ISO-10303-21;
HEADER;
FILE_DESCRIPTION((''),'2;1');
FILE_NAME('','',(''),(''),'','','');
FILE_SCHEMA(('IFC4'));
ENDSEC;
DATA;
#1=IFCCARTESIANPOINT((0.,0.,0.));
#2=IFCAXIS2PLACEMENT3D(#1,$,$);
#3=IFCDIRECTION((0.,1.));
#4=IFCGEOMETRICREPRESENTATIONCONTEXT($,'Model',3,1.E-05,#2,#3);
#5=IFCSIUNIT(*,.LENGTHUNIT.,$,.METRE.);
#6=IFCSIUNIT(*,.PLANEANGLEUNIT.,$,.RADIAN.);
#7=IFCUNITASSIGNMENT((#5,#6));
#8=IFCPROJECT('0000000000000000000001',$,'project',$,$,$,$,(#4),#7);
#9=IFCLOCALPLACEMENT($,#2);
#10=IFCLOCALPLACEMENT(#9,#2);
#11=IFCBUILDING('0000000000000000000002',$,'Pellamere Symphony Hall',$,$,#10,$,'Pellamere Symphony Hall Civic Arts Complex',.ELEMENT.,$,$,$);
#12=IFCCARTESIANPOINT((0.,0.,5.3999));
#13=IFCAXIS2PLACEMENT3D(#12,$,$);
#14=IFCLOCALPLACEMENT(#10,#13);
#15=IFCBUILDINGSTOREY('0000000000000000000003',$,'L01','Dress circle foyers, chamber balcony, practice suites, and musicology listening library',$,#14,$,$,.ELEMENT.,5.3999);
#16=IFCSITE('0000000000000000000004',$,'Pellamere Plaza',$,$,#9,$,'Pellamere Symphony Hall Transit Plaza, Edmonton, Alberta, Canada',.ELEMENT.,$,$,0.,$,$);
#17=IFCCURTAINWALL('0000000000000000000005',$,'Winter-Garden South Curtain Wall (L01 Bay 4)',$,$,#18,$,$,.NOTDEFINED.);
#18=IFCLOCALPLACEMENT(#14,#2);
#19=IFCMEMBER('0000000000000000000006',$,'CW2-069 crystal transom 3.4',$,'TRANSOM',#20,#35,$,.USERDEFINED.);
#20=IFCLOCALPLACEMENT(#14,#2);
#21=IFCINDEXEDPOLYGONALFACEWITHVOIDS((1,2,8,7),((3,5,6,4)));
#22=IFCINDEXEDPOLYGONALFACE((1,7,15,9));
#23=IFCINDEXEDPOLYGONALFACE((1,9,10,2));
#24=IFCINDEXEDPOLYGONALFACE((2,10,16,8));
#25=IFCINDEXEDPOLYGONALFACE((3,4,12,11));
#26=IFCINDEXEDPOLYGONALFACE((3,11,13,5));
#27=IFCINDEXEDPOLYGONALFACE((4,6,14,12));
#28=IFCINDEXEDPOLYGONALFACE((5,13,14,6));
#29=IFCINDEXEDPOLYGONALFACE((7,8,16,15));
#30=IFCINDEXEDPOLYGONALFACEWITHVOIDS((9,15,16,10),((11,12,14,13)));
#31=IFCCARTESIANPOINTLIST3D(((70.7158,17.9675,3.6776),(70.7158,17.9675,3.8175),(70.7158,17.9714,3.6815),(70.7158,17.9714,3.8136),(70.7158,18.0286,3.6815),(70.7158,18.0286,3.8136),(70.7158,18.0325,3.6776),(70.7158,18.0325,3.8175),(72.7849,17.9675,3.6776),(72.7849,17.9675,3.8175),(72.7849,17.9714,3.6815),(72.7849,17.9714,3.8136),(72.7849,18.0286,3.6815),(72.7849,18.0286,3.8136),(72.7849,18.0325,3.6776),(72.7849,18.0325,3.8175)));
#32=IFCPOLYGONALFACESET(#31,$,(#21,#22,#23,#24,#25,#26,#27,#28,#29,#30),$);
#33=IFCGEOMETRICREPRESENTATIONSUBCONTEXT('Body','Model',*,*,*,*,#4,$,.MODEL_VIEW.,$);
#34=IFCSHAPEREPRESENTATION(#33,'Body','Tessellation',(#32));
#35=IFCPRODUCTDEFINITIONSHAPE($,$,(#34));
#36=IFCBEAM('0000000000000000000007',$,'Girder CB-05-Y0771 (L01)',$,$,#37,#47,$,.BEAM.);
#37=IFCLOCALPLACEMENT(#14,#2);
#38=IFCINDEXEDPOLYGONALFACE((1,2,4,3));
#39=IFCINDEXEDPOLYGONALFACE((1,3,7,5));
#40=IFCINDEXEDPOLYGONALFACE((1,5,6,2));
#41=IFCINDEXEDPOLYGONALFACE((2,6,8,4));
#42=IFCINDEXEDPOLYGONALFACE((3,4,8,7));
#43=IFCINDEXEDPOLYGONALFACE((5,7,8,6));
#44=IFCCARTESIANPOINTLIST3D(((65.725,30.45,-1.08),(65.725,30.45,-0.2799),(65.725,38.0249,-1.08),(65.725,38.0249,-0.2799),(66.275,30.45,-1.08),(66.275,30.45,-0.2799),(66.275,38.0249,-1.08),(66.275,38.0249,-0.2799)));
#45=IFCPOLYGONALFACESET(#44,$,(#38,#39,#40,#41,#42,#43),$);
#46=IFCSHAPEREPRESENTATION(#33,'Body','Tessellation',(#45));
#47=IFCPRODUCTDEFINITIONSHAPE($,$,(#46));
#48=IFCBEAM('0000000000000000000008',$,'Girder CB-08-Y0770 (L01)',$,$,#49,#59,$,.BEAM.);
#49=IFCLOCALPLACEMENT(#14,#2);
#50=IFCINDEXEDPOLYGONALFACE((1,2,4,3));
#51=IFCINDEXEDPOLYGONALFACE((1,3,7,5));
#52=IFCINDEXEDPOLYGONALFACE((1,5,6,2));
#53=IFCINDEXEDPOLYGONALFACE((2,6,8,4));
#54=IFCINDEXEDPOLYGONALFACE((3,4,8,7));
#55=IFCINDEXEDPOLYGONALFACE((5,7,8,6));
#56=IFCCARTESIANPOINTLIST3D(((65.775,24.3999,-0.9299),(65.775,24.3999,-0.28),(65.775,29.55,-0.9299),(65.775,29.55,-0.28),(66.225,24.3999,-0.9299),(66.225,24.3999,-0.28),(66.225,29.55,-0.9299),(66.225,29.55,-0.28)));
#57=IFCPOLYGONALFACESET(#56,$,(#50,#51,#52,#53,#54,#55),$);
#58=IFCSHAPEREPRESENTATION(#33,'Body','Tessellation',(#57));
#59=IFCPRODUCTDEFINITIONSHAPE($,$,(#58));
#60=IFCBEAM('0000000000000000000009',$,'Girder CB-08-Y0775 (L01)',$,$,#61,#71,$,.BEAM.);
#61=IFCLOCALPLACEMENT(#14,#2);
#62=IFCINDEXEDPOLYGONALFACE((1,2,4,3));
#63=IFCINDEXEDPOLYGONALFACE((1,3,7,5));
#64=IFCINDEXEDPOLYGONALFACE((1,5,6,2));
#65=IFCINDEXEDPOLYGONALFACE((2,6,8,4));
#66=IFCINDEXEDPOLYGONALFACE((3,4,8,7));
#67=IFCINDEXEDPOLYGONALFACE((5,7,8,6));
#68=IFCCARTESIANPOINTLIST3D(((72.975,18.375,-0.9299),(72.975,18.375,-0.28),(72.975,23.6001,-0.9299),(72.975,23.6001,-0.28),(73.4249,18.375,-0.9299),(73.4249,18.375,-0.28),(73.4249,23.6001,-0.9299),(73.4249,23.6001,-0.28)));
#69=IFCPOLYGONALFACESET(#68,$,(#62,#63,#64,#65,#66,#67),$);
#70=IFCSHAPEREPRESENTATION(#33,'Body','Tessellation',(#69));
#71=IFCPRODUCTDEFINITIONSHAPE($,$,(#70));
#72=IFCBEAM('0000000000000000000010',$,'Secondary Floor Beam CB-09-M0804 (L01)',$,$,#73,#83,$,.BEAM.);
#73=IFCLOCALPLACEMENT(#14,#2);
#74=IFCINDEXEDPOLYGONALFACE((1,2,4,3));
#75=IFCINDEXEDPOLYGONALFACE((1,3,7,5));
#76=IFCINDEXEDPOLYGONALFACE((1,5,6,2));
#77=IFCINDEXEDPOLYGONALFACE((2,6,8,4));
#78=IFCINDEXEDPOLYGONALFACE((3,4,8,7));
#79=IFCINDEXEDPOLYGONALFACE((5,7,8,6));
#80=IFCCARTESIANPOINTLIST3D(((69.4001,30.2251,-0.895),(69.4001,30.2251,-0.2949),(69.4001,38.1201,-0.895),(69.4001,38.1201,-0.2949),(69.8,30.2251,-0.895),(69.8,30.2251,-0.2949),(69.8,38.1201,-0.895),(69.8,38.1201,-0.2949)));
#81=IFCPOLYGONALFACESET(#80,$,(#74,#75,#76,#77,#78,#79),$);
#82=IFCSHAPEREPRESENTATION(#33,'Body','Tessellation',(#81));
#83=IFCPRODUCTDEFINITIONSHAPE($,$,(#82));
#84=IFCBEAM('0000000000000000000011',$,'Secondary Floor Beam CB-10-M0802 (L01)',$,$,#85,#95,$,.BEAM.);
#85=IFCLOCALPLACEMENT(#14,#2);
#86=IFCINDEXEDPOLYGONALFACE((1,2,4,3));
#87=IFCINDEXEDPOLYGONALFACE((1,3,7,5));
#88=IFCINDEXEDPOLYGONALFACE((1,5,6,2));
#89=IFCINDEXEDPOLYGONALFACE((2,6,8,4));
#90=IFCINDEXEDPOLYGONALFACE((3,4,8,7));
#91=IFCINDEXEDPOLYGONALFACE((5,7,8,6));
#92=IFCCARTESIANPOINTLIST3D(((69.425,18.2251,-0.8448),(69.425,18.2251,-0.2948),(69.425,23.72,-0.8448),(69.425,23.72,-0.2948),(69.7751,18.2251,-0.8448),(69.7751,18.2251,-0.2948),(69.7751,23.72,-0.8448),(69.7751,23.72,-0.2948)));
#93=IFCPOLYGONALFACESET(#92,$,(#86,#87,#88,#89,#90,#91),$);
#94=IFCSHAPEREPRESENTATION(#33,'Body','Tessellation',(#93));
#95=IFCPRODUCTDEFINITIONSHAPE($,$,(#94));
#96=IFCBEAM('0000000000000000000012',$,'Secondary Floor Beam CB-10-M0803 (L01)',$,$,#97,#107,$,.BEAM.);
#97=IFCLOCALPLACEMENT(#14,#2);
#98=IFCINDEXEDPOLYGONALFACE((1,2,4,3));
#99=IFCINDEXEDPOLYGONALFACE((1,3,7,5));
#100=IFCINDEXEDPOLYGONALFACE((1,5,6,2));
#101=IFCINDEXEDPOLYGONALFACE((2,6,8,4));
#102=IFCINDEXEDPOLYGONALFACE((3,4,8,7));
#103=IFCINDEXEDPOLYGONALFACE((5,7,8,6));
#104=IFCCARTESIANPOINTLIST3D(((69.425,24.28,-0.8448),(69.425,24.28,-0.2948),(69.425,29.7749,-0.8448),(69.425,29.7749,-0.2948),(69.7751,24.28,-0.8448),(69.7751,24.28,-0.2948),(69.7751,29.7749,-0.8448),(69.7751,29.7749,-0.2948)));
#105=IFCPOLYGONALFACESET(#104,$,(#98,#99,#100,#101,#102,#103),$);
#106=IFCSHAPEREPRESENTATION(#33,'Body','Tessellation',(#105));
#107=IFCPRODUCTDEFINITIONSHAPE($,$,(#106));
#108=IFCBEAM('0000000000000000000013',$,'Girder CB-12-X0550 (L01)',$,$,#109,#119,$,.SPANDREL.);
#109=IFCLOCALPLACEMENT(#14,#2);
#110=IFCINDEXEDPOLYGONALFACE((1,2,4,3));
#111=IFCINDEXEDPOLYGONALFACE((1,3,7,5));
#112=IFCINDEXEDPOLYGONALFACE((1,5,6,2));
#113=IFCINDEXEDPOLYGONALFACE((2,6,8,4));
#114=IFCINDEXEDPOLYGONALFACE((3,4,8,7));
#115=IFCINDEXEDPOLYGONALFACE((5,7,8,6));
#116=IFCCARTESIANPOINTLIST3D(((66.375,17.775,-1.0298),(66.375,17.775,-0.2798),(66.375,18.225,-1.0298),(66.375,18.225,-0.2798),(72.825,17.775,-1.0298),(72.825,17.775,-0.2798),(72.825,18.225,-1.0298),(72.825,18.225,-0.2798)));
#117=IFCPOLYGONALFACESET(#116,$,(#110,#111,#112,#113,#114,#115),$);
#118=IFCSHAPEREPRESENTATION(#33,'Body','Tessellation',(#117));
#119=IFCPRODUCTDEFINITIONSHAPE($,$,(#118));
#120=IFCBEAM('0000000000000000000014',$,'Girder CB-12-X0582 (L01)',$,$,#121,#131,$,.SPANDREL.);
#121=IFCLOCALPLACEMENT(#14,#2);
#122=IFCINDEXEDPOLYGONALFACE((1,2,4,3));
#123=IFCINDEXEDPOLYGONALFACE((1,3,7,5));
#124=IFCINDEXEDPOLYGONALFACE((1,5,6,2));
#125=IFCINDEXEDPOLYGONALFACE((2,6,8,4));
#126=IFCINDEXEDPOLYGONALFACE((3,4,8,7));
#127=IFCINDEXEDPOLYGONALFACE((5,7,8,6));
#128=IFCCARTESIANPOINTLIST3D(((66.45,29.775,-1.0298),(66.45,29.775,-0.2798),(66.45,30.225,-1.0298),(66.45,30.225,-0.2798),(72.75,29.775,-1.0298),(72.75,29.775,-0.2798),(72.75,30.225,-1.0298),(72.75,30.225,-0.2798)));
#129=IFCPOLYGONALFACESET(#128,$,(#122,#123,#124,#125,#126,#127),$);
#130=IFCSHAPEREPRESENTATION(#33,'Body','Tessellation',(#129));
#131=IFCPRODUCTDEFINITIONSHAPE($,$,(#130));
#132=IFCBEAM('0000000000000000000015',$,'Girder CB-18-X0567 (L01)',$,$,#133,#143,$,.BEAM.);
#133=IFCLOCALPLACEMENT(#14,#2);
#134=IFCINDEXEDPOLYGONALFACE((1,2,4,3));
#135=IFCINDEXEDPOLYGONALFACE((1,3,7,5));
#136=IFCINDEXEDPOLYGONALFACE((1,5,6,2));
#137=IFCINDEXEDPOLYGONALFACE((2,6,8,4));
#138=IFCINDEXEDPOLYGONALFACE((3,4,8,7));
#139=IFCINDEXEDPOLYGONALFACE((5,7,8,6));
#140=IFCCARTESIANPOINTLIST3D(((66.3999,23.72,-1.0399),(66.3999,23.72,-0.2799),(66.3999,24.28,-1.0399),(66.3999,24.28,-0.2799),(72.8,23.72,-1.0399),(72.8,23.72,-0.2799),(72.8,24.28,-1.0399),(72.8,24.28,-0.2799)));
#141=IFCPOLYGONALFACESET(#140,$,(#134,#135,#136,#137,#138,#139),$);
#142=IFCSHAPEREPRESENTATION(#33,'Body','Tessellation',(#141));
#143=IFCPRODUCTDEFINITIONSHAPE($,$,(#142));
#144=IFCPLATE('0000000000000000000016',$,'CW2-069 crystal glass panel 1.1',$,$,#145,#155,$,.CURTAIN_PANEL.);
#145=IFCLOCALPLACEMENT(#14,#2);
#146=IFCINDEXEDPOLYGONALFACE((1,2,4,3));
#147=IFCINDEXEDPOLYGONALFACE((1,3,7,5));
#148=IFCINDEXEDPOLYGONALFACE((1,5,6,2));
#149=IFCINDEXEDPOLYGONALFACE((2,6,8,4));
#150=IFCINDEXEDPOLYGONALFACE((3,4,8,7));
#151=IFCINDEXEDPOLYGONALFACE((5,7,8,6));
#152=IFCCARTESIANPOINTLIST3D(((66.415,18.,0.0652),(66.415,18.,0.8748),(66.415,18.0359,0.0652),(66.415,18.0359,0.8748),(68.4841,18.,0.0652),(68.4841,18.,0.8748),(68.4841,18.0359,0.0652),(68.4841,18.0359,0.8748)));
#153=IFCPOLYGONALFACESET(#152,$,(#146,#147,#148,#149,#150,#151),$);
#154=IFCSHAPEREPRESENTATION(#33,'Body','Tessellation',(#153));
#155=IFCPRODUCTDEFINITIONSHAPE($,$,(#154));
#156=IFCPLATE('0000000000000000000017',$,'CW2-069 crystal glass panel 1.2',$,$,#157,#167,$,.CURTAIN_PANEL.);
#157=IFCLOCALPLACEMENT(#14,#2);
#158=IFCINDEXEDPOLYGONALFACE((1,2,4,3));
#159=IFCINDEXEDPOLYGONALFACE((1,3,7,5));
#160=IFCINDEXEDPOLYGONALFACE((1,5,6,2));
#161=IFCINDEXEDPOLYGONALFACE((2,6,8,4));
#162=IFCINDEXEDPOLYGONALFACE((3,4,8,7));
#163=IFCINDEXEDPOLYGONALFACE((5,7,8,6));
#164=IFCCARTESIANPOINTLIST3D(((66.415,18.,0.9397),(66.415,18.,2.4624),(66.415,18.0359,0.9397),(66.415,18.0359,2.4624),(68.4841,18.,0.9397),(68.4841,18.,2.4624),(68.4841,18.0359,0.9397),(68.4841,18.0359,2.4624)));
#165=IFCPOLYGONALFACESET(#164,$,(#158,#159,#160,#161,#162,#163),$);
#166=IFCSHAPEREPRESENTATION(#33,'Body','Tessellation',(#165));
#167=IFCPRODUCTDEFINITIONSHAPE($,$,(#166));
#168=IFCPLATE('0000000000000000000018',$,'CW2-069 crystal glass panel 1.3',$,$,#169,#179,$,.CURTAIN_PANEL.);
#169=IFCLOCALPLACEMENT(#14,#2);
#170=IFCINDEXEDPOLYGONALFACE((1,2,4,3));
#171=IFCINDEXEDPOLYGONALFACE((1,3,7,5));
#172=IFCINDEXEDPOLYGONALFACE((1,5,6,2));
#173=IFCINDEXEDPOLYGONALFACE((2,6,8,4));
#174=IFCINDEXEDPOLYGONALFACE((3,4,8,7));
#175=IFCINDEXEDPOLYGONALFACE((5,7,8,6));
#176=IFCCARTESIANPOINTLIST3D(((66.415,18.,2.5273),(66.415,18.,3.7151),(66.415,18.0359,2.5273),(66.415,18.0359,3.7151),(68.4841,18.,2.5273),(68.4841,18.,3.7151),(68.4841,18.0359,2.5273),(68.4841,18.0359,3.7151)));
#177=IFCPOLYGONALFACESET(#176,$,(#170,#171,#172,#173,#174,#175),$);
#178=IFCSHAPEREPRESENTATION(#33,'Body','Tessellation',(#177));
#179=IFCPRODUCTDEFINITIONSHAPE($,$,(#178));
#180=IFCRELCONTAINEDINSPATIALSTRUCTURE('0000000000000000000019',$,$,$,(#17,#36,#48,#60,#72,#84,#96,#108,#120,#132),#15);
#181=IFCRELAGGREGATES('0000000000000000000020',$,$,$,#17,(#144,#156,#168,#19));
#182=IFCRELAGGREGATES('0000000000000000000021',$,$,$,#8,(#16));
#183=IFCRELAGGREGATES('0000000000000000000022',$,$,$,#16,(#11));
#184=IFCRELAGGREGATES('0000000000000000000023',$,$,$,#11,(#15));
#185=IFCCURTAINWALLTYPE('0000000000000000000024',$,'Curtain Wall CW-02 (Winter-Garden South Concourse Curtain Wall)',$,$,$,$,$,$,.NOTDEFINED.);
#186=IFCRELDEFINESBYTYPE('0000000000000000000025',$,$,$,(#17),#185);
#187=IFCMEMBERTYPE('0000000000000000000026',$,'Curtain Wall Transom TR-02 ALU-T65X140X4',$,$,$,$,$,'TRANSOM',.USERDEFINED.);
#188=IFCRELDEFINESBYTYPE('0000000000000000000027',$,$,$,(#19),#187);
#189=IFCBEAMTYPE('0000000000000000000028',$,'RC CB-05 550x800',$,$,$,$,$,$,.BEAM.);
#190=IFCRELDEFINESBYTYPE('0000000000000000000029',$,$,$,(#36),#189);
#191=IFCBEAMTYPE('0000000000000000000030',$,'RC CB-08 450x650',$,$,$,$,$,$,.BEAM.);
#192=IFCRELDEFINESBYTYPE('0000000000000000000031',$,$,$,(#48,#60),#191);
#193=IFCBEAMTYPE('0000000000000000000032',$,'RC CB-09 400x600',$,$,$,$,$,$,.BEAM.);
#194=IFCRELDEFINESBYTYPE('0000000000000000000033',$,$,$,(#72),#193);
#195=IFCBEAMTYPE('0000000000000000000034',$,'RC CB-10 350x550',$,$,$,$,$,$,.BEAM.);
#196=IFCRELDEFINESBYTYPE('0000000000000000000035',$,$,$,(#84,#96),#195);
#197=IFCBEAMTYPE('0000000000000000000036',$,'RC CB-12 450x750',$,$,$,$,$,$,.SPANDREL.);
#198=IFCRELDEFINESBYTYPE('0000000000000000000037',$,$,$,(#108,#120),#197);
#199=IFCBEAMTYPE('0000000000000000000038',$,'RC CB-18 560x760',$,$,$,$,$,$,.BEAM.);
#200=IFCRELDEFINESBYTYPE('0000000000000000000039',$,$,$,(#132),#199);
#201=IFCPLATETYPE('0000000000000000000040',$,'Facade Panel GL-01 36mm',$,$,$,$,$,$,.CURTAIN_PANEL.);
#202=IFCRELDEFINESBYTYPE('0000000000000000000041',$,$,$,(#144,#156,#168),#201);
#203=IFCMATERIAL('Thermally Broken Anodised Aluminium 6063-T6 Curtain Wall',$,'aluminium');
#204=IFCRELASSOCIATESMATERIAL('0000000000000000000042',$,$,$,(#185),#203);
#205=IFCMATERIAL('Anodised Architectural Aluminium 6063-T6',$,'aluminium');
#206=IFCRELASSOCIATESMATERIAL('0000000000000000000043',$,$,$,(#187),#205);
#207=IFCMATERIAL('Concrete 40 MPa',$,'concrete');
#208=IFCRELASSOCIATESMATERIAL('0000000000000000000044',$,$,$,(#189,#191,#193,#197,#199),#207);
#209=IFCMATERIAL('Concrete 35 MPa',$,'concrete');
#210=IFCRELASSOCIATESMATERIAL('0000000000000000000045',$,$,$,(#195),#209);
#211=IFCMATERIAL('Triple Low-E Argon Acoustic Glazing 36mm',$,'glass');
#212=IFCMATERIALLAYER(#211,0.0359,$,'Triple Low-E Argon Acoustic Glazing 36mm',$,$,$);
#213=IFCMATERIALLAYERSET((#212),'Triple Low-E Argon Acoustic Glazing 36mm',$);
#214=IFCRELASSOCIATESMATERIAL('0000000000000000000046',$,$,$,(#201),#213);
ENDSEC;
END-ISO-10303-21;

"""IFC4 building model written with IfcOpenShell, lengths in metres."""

from ifc_helpers import new_model, si_unit, direction, frame, origin, origin_2d, place, context, subcontext, project, spatial, polyline, rectangle, hollow_rectangle, outline, extrude, material, layer, layer_set, material_profile, profile_set, type_object, element, aggregate, save


model = new_model("IFC4")

# Units and contexts
model_context = context("Model", 3, precision=1e-05, world=origin(), true_north=direction((0.0, 1.0)))
body_context = subcontext(model_context, "Body", "Model", "MODEL_VIEW")
ifc_project = project(units=[si_unit("LENGTHUNIT", "METRE"), si_unit("PLANEANGLEUNIT", "RADIAN")], contexts=[model_context])

# Site, building, storey
site_placement = place(None, origin())
site = spatial("IfcSite", under=ifc_project, at=site_placement, Name="Pellamere Plaza", LongName="Pellamere Symphony Hall Transit Plaza, Edmonton, Alberta, Canada", CompositionType="ELEMENT", RefElevation=0.0)
building_placement = place(site_placement, origin())
building = spatial("IfcBuilding", under=site, at=building_placement, Name="Pellamere Symphony Hall", LongName="Pellamere Symphony Hall Civic Arts Complex", CompositionType="ELEMENT")
storey_placement = place(building_placement, frame((0.0, 0.0, 5.3999)))
storey = spatial("IfcBuildingStorey", under=building, at=storey_placement, Name="L01", Description="Dress circle foyers, chamber balcony, practice suites, and musicology listening library", CompositionType="ELEMENT", Elevation=5.3999)

# Shared definitions
ifc_material_1 = material(Name="Concrete 40 MPa", Category="concrete")

# Curtain wall, member
ifc_material_2 = material(Name="Thermally Broken Anodised Aluminium 6063-T6 Curtain Wall", Category="aluminium")
curtain_wall_type = type_object("IfcCurtainWallType", Name="Curtain Wall CW-02 (Winter-Garden South Concourse Curtain Wall)", PredefinedType="NOTDEFINED", material=ifc_material_2)
curtain_wall_placement = place(storey_placement, origin())
curtain_wall = element("IfcCurtainWall", 1, at=curtain_wall_placement, inside=storey, type_object=curtain_wall_type, Name="Winter-Garden South Curtain Wall (L01 Bay 4)", PredefinedType="NOTDEFINED")
ifc_material_3 = material(Name="Anodised Architectural Aluminium 6063-T6", Category="aluminium")
ifc_material_profile_1 = material_profile(ifc_material_3, hollow_rectangle(XDim=0.0649, YDim=0.1399, WallThickness=0.0039, at=origin_2d()), Name="ALU-T65X140X4")
ifc_profile_set_1 = profile_set([ifc_material_profile_1], Name="Anodised Architectural Aluminium 6063-T6")
member_type_1 = type_object("IfcMemberType", Name="Curtain Wall Transom TR-02 ALU-T65X140X4", ElementType="TRANSOM", PredefinedType="USERDEFINED", material=ifc_profile_set_1)
member_1_placement = place(storey_placement, frame((70.7158, 18.0, 3.7476), z_axis=(1.0, 0.0, 0.0), x_axis=(0.0, 1.0, 0.0)))
member_1 = element("IfcMember", 2, at=member_1_placement, type_object=member_type_1, Name="CW2-069 crystal transom 3.4", ObjectType="TRANSOM", PredefinedType="USERDEFINED", context=body_context, shape_type="SweptSolid", body=[
    extrude(hollow_rectangle(XDim=0.0649, YDim=0.1399, WallThickness=0.0039, at=origin_2d()), origin(), (0.0, 0.0, 1.0), 2.0691),
])

# Beams
ifc_material_profile_2 = material_profile(ifc_material_1, rectangle(XDim=0.55, YDim=0.8, at=origin_2d()), Name="RC 550x800")
ifc_profile_set_2 = profile_set([ifc_material_profile_2], Name="Concrete 40 MPa")
beam_type_1 = type_object("IfcBeamType", Name="RC CB-05 550x800", PredefinedType="BEAM", material=ifc_profile_set_2)
beam_1_placement = place(storey_placement, frame((66.0, 30.45, -0.6799), z_axis=(0.0, 1.0, 0.0), x_axis=(-1.0, 0.0, 0.0)))
element("IfcBeam", 3, at=beam_1_placement, inside=storey, type_object=beam_type_1, Name="Girder CB-05-Y0771 (L01)", PredefinedType="BEAM", context=body_context, shape_type="SweptSolid", body=[
    extrude(rectangle(XDim=0.55, YDim=0.8, at=origin_2d()), origin(), (0.0, 0.0, 1.0), 7.575),
])
ifc_material_profile_3 = material_profile(ifc_material_1, rectangle(XDim=0.45, YDim=0.6499, at=origin_2d()), Name="RC 450x650")
ifc_profile_set_3 = profile_set([ifc_material_profile_3], Name="Concrete 40 MPa")
beam_type_2 = type_object("IfcBeamType", Name="RC CB-08 450x650", PredefinedType="BEAM", material=ifc_profile_set_3)
beam_2_placement = place(storey_placement, frame((66.0, 24.3999, -0.605), z_axis=(0.0, 1.0, 0.0), x_axis=(-1.0, 0.0, 0.0)))
element("IfcBeam", 4, at=beam_2_placement, inside=storey, type_object=beam_type_2, Name="Girder CB-08-Y0770 (L01)", PredefinedType="BEAM", context=body_context, shape_type="SweptSolid", body=[
    extrude(rectangle(XDim=0.45, YDim=0.6499, at=origin_2d()), origin(), (0.0, 0.0, 1.0), 5.1501),
])
beam_3_placement = place(storey_placement, frame((73.2, 18.375, -0.605), z_axis=(0.0, 1.0, 0.0), x_axis=(-1.0, 0.0, 0.0)))
element("IfcBeam", 5, at=beam_3_placement, inside=storey, type_object=beam_type_2, Name="Girder CB-08-Y0775 (L01)", PredefinedType="BEAM", context=body_context, shape_type="SweptSolid", body=[
    extrude(rectangle(XDim=0.45, YDim=0.6499, at=origin_2d()), origin(), (0.0, 0.0, 1.0), 5.2251),
])
ifc_material_profile_4 = material_profile(ifc_material_1, rectangle(XDim=0.3999, YDim=0.6001, at=origin_2d()), Name="RC 400x600")
ifc_profile_set_4 = profile_set([ifc_material_profile_4], Name="Concrete 40 MPa")
beam_type_3 = type_object("IfcBeamType", Name="RC CB-09 400x600", PredefinedType="BEAM", material=ifc_profile_set_4)
beam_4_placement = place(storey_placement, frame((69.6001, 30.2251, -0.595), z_axis=(0.0, 1.0, 0.0), x_axis=(-1.0, 0.0, 0.0)))
element("IfcBeam", 6, at=beam_4_placement, inside=storey, type_object=beam_type_3, Name="Secondary Floor Beam CB-09-M0804 (L01)", PredefinedType="BEAM", context=body_context, shape_type="SweptSolid", body=[
    extrude(rectangle(XDim=0.3999, YDim=0.6001, at=origin_2d()), origin(), (0.0, 0.0, 1.0), 7.895),
])
ifc_material_4 = material(Name="Concrete 35 MPa", Category="concrete")
ifc_material_profile_5 = material_profile(ifc_material_4, rectangle(XDim=0.3501, YDim=0.55, at=origin_2d()), Name="RC 350x550")
ifc_profile_set_5 = profile_set([ifc_material_profile_5], Name="Concrete 35 MPa")
beam_type_4 = type_object("IfcBeamType", Name="RC CB-10 350x550", PredefinedType="BEAM", material=ifc_profile_set_5)
for number, where, z_axis, x_axis, name in (
    (7, (69.6001, 18.2251, -0.5698), (0.0, 1.0, 0.0), (-1.0, 0.0, 0.0), "Secondary Floor Beam CB-10-M0802 (L01)"),
    (8, (69.6001, 24.28, -0.5698), (0.0, 1.0, 0.0), (-1.0, 0.0, 0.0), "Secondary Floor Beam CB-10-M0803 (L01)"),
):
    element("IfcBeam", number, at=place(storey_placement, frame(where, z_axis=z_axis, x_axis=x_axis)), inside=storey, type_object=beam_type_4, Name=name, PredefinedType="BEAM", context=body_context, shape_type="SweptSolid", body=[
        extrude(rectangle(XDim=0.3501, YDim=0.55, at=origin_2d()), origin(), (0.0, 0.0, 1.0), 5.4949),
    ])
ifc_material_profile_6 = material_profile(ifc_material_1, rectangle(XDim=0.45, YDim=0.75, at=origin_2d()), Name="RC 450x750")
ifc_profile_set_6 = profile_set([ifc_material_profile_6], Name="Concrete 40 MPa")
beam_type_5 = type_object("IfcBeamType", Name="RC CB-12 450x750", PredefinedType="SPANDREL", material=ifc_profile_set_6)
beam_5_placement = place(storey_placement, frame((66.375, 18.0, -0.6548), z_axis=(1.0, 0.0, 0.0), x_axis=(0.0, 1.0, 0.0)))
element("IfcBeam", 9, at=beam_5_placement, inside=storey, type_object=beam_type_5, Name="Girder CB-12-X0550 (L01)", PredefinedType="SPANDREL", context=body_context, shape_type="SweptSolid", body=[
    extrude(rectangle(XDim=0.45, YDim=0.75, at=origin_2d()), origin(), (0.0, 0.0, 1.0), 6.45),
])
beam_6_placement = place(storey_placement, frame((66.45, 30.0, -0.6548), z_axis=(1.0, 0.0, 0.0), x_axis=(0.0, 1.0, 0.0)))
element("IfcBeam", 10, at=beam_6_placement, inside=storey, type_object=beam_type_5, Name="Girder CB-12-X0582 (L01)", PredefinedType="SPANDREL", context=body_context, shape_type="SweptSolid", body=[
    extrude(rectangle(XDim=0.45, YDim=0.75, at=origin_2d()), origin(), (0.0, 0.0, 1.0), 6.3),
])
ifc_material_profile_7 = material_profile(ifc_material_1, rectangle(XDim=0.5601, YDim=0.76, at=origin_2d()), Name="RC 560x760")
ifc_profile_set_7 = profile_set([ifc_material_profile_7], Name="Concrete 40 MPa")
beam_type_6 = type_object("IfcBeamType", Name="RC CB-18 560x760", PredefinedType="BEAM", material=ifc_profile_set_7)
beam_7_placement = place(storey_placement, frame((66.3999, 24.0, -0.6599), z_axis=(1.0, 0.0, 0.0), x_axis=(0.0, 1.0, 0.0)))
element("IfcBeam", 11, at=beam_7_placement, inside=storey, type_object=beam_type_6, Name="Girder CB-18-X0567 (L01)", PredefinedType="BEAM", context=body_context, shape_type="SweptSolid", body=[
    extrude(rectangle(XDim=0.5601, YDim=0.76, at=origin_2d()), origin(), (0.0, 0.0, 1.0), 6.4001),
])

# Plates
ifc_material_5 = material(Name="Triple Low-E Argon Acoustic Glazing 36mm", Category="glass")
ifc_layer = layer(ifc_material_5, 0.0359, Name="Triple Low-E Argon Acoustic Glazing 36mm")
ifc_layer_set = layer_set([ifc_layer], Name="Triple Low-E Argon Acoustic Glazing 36mm")
plate_type = type_object("IfcPlateType", Name="Facade Panel GL-01 36mm", PredefinedType="CURTAIN_PANEL", material=ifc_layer_set)
plate_1_placement = place(storey_placement, frame((66.415, 18.0, 0.0652), z_axis=(0.0, -1.0, 0.0), x_axis=(1.0, 0.0, 0.0)))
plate_1 = element("IfcPlate", 12, at=plate_1_placement, type_object=plate_type, Name="CW2-069 crystal glass panel 1.1", PredefinedType="CURTAIN_PANEL", context=body_context, shape_type="SweptSolid", body=[
    extrude(outline(polyline([(0.0, 0.0), (2.0691, 0.0), (2.0691, 0.8096), (0.0, 0.8096), (0.0, 0.0)])), origin(), (0.0, 0.0, -1.0), 0.0359),
])
plate_2_placement = place(storey_placement, frame((66.415, 18.0, 0.9397), z_axis=(0.0, -1.0, 0.0), x_axis=(1.0, 0.0, 0.0)))
plate_2 = element("IfcPlate", 13, at=plate_2_placement, type_object=plate_type, Name="CW2-069 crystal glass panel 1.2", PredefinedType="CURTAIN_PANEL", context=body_context, shape_type="SweptSolid", body=[
    extrude(outline(polyline([(0.0, 0.0), (2.0691, 0.0), (2.0691, 1.5227), (0.0, 1.5227), (0.0, 0.0)])), origin(), (0.0, 0.0, -1.0), 0.0359),
])
plate_3_placement = place(storey_placement, frame((66.415, 18.0, 2.5273), z_axis=(0.0, -1.0, 0.0), x_axis=(1.0, 0.0, 0.0)))
plate_3 = element("IfcPlate", 14, at=plate_3_placement, type_object=plate_type, Name="CW2-069 crystal glass panel 1.3", PredefinedType="CURTAIN_PANEL", context=body_context, shape_type="SweptSolid", body=[
    extrude(outline(polyline([(0.0, 0.0), (2.0691, 0.0), (2.0691, 1.1877), (0.0, 1.1877), (0.0, 0.0)])), origin(), (0.0, 0.0, -1.0), 0.0359),
])
aggregate(curtain_wall, [plate_1, plate_2, plate_3, member_1])

save(model, "model.ifc")
